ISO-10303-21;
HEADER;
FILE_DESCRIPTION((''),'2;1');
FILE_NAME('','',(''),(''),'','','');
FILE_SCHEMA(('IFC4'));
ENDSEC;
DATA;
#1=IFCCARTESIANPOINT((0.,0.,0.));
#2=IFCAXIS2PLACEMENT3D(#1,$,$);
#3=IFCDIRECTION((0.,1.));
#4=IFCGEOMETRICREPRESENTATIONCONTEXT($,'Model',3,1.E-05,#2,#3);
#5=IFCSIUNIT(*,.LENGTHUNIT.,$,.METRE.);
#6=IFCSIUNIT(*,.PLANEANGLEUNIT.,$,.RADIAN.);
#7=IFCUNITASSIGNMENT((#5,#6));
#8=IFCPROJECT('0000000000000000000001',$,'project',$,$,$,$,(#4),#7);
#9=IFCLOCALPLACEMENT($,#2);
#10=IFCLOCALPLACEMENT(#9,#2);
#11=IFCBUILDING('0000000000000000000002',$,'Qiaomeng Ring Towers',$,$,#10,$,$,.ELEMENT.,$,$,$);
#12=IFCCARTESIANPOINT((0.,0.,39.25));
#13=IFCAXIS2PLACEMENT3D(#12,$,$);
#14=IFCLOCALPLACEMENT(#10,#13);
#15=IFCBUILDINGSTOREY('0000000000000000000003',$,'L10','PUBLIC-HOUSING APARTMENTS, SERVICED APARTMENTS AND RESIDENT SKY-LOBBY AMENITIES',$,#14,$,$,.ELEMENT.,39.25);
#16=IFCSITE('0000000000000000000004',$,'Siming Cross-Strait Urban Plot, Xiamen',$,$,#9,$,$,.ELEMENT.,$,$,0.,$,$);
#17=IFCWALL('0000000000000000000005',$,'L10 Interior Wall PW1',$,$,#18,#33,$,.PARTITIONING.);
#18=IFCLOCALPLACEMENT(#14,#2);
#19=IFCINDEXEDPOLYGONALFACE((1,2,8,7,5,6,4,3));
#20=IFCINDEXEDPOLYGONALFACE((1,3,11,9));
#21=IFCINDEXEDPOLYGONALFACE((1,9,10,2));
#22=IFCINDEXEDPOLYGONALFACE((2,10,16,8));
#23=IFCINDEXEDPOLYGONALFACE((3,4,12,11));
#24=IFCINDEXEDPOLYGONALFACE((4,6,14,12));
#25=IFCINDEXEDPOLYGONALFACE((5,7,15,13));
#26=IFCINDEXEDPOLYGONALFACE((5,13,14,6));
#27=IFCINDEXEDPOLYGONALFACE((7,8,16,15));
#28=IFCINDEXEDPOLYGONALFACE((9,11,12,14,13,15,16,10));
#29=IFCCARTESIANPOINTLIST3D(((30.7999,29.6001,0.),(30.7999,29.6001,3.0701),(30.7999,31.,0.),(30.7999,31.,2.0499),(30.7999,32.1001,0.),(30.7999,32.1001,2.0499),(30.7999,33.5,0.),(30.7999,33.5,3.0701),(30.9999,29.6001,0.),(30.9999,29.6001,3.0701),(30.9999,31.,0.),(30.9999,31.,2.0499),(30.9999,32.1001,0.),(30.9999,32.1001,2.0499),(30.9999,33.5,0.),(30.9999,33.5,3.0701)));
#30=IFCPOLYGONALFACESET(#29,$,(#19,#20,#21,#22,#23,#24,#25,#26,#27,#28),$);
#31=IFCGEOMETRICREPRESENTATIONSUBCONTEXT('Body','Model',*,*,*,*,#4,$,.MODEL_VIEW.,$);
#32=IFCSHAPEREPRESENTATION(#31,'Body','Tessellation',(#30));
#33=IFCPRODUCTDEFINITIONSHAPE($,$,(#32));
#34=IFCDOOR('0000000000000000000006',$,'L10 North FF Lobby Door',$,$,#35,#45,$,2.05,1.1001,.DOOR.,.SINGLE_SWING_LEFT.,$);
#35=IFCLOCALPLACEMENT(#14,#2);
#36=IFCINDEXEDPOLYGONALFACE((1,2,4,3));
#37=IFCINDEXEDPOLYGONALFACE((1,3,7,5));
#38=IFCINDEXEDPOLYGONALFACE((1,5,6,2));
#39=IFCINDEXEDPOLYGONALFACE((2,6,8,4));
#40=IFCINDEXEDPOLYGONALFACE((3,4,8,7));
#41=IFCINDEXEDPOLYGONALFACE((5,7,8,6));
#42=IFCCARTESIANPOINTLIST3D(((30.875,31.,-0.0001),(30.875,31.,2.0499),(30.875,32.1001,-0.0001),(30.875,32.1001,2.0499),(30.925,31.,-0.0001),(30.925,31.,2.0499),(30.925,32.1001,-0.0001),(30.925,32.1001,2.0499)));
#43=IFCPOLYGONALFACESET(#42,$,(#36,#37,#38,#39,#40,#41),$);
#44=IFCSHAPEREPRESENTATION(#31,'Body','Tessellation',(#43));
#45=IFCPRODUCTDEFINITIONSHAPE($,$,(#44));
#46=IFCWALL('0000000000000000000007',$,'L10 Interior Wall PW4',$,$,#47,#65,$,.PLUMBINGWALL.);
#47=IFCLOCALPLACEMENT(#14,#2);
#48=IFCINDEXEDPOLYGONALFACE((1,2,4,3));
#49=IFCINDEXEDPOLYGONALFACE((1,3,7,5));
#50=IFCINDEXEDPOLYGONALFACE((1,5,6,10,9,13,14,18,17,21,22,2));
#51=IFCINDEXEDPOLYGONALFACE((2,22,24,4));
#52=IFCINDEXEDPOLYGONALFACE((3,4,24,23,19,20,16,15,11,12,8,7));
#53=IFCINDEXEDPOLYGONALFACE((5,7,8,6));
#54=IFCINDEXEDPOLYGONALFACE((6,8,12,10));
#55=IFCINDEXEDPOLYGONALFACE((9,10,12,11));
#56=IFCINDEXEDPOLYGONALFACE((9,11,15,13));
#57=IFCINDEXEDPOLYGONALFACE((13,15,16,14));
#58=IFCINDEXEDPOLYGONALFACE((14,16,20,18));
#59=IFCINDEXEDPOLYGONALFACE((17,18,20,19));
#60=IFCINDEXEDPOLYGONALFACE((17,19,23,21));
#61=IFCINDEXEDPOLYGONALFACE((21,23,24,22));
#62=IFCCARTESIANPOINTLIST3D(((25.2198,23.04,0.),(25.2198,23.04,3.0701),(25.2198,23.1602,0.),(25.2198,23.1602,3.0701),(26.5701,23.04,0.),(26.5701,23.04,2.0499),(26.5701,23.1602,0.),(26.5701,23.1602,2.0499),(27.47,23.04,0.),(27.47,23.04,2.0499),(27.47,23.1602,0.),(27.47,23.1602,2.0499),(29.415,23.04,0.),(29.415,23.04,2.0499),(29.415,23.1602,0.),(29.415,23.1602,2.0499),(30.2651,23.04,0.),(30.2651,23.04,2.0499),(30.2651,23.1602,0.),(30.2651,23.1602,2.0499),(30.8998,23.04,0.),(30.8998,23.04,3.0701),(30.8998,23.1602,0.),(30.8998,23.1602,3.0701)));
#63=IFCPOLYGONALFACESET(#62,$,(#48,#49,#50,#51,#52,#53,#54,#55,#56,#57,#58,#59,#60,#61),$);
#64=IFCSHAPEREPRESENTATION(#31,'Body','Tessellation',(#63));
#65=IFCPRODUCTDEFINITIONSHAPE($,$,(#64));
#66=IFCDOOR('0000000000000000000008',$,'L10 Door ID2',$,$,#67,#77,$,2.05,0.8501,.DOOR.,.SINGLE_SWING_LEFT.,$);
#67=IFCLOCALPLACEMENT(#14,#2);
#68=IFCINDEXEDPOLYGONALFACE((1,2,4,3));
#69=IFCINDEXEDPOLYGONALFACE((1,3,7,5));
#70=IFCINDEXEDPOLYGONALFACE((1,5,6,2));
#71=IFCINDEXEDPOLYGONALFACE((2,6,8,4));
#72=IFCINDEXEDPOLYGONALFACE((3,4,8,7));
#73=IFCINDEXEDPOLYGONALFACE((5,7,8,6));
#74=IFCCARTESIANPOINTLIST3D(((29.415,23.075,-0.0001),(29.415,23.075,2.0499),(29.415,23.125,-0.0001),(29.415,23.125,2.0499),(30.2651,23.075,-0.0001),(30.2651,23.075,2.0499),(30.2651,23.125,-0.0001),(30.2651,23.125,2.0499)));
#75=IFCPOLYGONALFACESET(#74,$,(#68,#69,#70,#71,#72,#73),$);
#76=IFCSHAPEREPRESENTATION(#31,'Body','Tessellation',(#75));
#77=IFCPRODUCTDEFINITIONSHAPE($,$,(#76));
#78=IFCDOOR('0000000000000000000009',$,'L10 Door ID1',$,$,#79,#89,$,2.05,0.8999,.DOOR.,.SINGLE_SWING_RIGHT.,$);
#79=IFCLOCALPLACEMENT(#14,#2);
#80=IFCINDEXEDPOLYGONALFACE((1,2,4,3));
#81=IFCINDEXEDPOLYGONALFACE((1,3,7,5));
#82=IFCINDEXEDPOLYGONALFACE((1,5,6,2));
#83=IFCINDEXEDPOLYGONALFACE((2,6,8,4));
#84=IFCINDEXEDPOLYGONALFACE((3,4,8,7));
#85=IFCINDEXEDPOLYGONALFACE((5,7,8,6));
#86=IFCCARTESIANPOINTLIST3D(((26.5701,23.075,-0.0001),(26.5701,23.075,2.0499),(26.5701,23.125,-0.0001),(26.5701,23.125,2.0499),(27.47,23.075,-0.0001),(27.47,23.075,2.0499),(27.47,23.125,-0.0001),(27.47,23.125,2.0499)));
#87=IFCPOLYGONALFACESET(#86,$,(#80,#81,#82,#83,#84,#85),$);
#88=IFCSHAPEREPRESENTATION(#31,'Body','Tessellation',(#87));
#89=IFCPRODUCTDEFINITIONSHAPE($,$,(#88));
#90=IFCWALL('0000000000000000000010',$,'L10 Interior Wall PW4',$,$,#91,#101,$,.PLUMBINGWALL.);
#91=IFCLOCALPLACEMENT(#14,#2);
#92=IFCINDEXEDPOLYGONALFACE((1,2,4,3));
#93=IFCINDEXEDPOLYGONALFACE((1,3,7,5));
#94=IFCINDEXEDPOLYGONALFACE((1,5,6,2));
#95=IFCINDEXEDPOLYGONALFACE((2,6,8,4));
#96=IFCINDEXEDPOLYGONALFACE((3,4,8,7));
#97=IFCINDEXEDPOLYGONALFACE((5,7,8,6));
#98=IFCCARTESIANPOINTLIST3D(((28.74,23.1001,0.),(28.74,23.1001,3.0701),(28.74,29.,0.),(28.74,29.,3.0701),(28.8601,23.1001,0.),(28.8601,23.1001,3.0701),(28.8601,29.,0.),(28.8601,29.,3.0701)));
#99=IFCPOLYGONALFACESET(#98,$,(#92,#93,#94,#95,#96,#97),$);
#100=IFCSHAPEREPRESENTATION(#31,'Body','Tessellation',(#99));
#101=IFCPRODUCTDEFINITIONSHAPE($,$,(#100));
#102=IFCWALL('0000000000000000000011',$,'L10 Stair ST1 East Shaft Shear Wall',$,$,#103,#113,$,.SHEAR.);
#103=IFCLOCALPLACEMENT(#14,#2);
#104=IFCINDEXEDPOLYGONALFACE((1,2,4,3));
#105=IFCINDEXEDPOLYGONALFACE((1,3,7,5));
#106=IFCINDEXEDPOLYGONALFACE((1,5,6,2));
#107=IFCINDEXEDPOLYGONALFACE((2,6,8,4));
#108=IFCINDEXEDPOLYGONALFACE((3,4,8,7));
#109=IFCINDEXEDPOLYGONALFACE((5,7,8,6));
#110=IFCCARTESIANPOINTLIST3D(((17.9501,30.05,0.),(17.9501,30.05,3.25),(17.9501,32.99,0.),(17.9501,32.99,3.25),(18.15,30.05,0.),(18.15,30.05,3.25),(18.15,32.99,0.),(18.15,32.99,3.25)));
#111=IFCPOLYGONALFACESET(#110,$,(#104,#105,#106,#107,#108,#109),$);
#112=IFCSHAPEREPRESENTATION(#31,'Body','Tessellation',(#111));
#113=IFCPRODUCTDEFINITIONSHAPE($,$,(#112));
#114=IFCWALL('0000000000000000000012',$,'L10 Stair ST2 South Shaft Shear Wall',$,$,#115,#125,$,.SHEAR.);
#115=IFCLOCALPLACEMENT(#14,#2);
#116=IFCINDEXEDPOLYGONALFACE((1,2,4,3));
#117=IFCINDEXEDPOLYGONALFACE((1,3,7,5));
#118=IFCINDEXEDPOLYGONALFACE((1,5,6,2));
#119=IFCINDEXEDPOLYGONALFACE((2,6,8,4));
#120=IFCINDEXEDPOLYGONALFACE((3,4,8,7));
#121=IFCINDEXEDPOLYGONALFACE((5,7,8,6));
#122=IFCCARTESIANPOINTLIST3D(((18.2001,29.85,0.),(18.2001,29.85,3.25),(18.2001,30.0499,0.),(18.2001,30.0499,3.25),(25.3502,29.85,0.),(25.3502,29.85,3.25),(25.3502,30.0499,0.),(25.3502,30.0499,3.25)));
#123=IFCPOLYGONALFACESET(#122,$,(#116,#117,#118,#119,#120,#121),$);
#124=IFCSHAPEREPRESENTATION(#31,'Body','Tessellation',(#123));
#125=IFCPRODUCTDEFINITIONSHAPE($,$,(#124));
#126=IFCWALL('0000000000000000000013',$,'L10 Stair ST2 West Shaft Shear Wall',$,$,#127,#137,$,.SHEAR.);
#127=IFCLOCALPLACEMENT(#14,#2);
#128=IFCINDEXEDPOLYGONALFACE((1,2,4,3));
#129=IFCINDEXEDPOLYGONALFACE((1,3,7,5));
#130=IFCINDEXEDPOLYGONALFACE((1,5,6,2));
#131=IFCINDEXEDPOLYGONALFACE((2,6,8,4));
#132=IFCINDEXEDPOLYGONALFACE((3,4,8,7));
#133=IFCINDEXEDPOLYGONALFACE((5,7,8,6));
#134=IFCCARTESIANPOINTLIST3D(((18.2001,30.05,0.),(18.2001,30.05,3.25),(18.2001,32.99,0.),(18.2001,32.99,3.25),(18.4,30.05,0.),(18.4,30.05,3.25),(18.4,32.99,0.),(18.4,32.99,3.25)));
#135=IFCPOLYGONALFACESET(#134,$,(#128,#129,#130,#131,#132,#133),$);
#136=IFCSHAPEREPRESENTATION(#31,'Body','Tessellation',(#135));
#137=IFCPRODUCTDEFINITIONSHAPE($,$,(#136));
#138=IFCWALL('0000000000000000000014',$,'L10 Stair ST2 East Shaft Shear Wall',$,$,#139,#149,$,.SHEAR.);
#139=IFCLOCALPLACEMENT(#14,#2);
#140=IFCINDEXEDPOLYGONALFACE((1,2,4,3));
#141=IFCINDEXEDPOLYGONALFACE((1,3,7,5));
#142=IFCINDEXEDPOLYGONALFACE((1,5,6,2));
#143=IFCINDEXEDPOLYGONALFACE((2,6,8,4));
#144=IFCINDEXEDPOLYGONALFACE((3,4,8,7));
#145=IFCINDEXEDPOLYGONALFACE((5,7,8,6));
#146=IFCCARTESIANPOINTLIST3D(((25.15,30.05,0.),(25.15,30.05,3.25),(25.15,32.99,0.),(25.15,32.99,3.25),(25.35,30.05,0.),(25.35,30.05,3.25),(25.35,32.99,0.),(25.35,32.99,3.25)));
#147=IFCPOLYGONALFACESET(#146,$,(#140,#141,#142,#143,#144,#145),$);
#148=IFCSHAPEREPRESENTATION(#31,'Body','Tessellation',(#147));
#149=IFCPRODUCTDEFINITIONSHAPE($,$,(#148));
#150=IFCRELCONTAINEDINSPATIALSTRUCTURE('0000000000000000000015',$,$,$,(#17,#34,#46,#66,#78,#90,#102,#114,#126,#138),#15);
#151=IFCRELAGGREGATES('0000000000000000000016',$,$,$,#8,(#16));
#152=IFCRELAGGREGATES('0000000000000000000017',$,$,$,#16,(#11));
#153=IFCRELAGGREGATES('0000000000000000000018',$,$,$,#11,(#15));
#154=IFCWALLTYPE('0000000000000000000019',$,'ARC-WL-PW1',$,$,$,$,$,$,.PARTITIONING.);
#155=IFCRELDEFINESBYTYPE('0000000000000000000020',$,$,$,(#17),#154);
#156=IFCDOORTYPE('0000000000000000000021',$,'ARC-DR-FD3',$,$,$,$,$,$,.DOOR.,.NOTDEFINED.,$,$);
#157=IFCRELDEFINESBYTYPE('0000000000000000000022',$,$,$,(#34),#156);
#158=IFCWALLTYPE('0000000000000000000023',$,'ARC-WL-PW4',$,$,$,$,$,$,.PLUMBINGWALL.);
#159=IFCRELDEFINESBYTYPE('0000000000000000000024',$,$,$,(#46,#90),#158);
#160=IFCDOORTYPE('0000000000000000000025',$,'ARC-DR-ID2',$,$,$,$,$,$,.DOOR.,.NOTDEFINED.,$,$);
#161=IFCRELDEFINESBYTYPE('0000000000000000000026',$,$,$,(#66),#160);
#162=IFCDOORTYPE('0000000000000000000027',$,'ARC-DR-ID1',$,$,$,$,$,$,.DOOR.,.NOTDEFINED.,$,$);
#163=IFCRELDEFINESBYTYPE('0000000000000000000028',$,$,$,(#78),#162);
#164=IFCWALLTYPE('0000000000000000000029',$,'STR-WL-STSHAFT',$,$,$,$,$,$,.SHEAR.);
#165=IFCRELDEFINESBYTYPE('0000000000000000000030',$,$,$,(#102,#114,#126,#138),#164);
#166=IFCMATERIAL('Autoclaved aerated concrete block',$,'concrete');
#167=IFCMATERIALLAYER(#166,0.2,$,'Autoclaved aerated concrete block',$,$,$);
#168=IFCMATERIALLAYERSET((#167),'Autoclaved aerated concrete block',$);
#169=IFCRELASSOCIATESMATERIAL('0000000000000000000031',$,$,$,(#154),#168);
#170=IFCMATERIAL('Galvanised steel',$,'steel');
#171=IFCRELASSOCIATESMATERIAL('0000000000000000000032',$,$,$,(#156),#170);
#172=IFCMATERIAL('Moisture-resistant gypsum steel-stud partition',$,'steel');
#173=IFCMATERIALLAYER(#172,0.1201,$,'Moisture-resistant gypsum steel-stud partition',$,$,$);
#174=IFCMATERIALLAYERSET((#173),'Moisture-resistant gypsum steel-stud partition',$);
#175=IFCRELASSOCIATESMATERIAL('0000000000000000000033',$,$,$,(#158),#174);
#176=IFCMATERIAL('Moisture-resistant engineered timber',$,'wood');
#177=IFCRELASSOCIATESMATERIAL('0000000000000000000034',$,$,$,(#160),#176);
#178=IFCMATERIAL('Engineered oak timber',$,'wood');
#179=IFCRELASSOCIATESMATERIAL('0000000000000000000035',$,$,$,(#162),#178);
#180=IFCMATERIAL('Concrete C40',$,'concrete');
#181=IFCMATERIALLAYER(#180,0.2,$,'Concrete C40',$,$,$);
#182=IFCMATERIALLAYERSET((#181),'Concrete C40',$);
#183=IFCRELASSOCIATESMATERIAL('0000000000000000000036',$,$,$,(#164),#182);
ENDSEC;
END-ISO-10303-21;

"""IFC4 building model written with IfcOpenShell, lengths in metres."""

from ifc_helpers import new_model, si_unit, direction, frame, frame_2d, origin, place, context, subcontext, project, spatial, rectangle, extrude, source, transform, mapped, material, layer, layer_set, type_object, element, fill, save


model = new_model("IFC4")

# Units and contexts
model_context = context("Model", 3, precision=1e-05, world=origin(), true_north=direction((0.0, 1.0)))
body_context = subcontext(model_context, "Body", "Model", "MODEL_VIEW")
ifc_project = project(units=[si_unit("LENGTHUNIT", "METRE"), si_unit("PLANEANGLEUNIT", "RADIAN")], contexts=[model_context])

# Site, building, storey
site_placement = place(None, origin())
site = spatial("IfcSite", under=ifc_project, at=site_placement, Name="Siming Cross-Strait Urban Plot, Xiamen", CompositionType="ELEMENT", RefElevation=0.0)
building_placement = place(site_placement, origin())
building = spatial("IfcBuilding", under=site, at=building_placement, Name="Qiaomeng Ring Towers", CompositionType="ELEMENT")
storey_placement = place(building_placement, frame((0.0, 0.0, 39.25)))
storey = spatial("IfcBuildingStorey", under=building, at=storey_placement, Name="L10", Description="PUBLIC-HOUSING APARTMENTS, SERVICED APARTMENTS AND RESIDENT SKY-LOBBY AMENITIES", CompositionType="ELEMENT", Elevation=39.25)

# Shared definitions
ifc_material_1 = material(Name="Autoclaved aerated concrete block", Category="concrete")
ifc_layer_1 = layer(ifc_material_1, 0.2, Name="Autoclaved aerated concrete block")
ifc_layer_set_1 = layer_set([ifc_layer_1], Name="Autoclaved aerated concrete block")
wall_type_1 = type_object("IfcWallType", Name="ARC-WL-PW1", PredefinedType="PARTITIONING", material=ifc_layer_set_1)

# Wall, opening, door
wall_1_placement = place(storey_placement, frame((30.8999, 29.6001, 0.0), z_axis=(0.0, 0.0, 1.0), x_axis=(0.0, 1.0, 0.0)))
wall_1 = element("IfcWall", 1, at=wall_1_placement, inside=storey, type_object=wall_type_1, Name="L10 Interior Wall PW1", PredefinedType="PARTITIONING", context=body_context, shape_type="SweptSolid", body=[
    extrude(rectangle(XDim=3.8999, YDim=0.2, at=frame_2d((1.95, 0.0))), origin(), (0.0, 0.0, 1.0), 3.0701),
])
opening_1_placement = place(wall_1_placement, frame((1.3999, 0.0, 0.0)))
opening_1 = element("IfcOpeningElement", 2, at=opening_1_placement, cuts=wall_1, PredefinedType="OPENING", context=body_context, shape_type="SweptSolid", body=[
    extrude(rectangle(XDim=1.1001, YDim=2.05, at=frame_2d((0.55, 1.0249))), frame((0.0, 0.1099, 0.0), z_axis=(0.0, -1.0, 0.0), x_axis=(1.0, 0.0, 0.0)), (0.0, 0.0, 1.0), 0.22),
])
ifc_material_2 = material(Name="Galvanised steel", Category="steel")
door_type_1 = type_object("IfcDoorType", Name="ARC-DR-FD3", OperationType="NOTDEFINED", PredefinedType="DOOR", material=ifc_material_2)
shared_shape_1 = source(origin(), body_context, "Body", "SweptSolid", [
    extrude(rectangle(XDim=1.1001, YDim=2.05, at=frame_2d((0.55, 1.0249))), frame((0.0, 0.0249, 0.0), z_axis=(0.0, -1.0, 0.0), x_axis=(1.0, 0.0, 0.0)), (0.0, 0.0, 1.0), 0.05),
])
door_1_placement = place(opening_1_placement, origin())
door_1 = element("IfcDoor", 3, at=door_1_placement, inside=storey, type_object=door_type_1, Name="L10 North FF Lobby Door", OperationType="SINGLE_SWING_LEFT", OverallHeight=2.05, OverallWidth=1.1001, PredefinedType="DOOR", context=body_context, shape_type="MappedRepresentation", body=[
    mapped(shared_shape_1, transform((0.0, 0.0, 0.0), x_axis=(1.0, 0.0, 0.0), y_axis=(0.0, 1.0, 0.0), z_axis=(0.0, 0.0, 1.0), scale=1.0)),
])
fill(opening_1, door_1)

# Wall, openings, doors
ifc_material_3 = material(Name="Moisture-resistant gypsum steel-stud partition", Category="steel")
ifc_layer_2 = layer(ifc_material_3, 0.1201, Name="Moisture-resistant gypsum steel-stud partition")
ifc_layer_set_2 = layer_set([ifc_layer_2], Name="Moisture-resistant gypsum steel-stud partition")
wall_type_2 = type_object("IfcWallType", Name="ARC-WL-PW4", PredefinedType="PLUMBINGWALL", material=ifc_layer_set_2)
wall_2_placement = place(storey_placement, frame((25.22, 23.1001, 0.0), z_axis=(0.0, 0.0, 1.0), x_axis=(1.0, 0.0, 0.0)))
wall_2 = element("IfcWall", 4, at=wall_2_placement, inside=storey, type_object=wall_type_2, Name="L10 Interior Wall PW4", PredefinedType="PLUMBINGWALL", context=body_context, shape_type="SweptSolid", body=[
    extrude(rectangle(XDim=5.6799, YDim=0.1201, at=frame_2d((2.8398, 0.0))), origin(), (0.0, 0.0, 1.0), 3.0701),
])
opening_2_placement = place(wall_2_placement, frame((1.3501, 0.0, 0.0)))
opening_2 = element("IfcOpeningElement", 5, at=opening_2_placement, cuts=wall_2, PredefinedType="OPENING", context=body_context, shape_type="SweptSolid", body=[
    extrude(rectangle(XDim=0.8999, YDim=2.05, at=frame_2d((0.45, 1.0249))), frame((0.0, 0.0701, 0.0), z_axis=(0.0, -1.0, 0.0), x_axis=(1.0, 0.0, 0.0)), (0.0, 0.0, 1.0), 0.1401),
])
opening_3_placement = place(wall_2_placement, frame((4.1951, 0.0, 0.0)))
opening_3 = element("IfcOpeningElement", 6, at=opening_3_placement, cuts=wall_2, PredefinedType="OPENING", context=body_context, shape_type="SweptSolid", body=[
    extrude(rectangle(XDim=0.8501, YDim=2.05, at=frame_2d((0.425, 1.0249))), frame((0.0, 0.0701, 0.0), z_axis=(0.0, -1.0, 0.0), x_axis=(1.0, 0.0, 0.0)), (0.0, 0.0, 1.0), 0.1401),
])
ifc_material_4 = material(Name="Moisture-resistant engineered timber", Category="wood")
door_type_2 = type_object("IfcDoorType", Name="ARC-DR-ID2", OperationType="NOTDEFINED", PredefinedType="DOOR", material=ifc_material_4)
shared_shape_2 = source(origin(), body_context, "Body", "SweptSolid", [
    extrude(rectangle(XDim=0.8501, YDim=2.05, at=frame_2d((0.425, 1.0249))), frame((0.0, 0.0249, 0.0), z_axis=(0.0, -1.0, 0.0), x_axis=(1.0, 0.0, 0.0)), (0.0, 0.0, 1.0), 0.05),
])
door_2_placement = place(opening_3_placement, origin())
door_2 = element("IfcDoor", 7, at=door_2_placement, inside=storey, type_object=door_type_2, Name="L10 Door ID2", OperationType="SINGLE_SWING_LEFT", OverallHeight=2.05, OverallWidth=0.8501, PredefinedType="DOOR", context=body_context, shape_type="MappedRepresentation", body=[
    mapped(shared_shape_2, transform((0.0, 0.0, 0.0), x_axis=(1.0, 0.0, 0.0), y_axis=(0.0, 1.0, 0.0), z_axis=(0.0, 0.0, 1.0), scale=1.0)),
])
fill(opening_3, door_2)
ifc_material_5 = material(Name="Engineered oak timber", Category="wood")
door_type_3 = type_object("IfcDoorType", Name="ARC-DR-ID1", OperationType="NOTDEFINED", PredefinedType="DOOR", material=ifc_material_5)
shared_shape_3 = source(origin(), body_context, "Body", "SweptSolid", [
    extrude(rectangle(XDim=0.8999, YDim=2.05, at=frame_2d((0.45, 1.0249))), frame((0.0, 0.0249, 0.0), z_axis=(0.0, -1.0, 0.0), x_axis=(1.0, 0.0, 0.0)), (0.0, 0.0, 1.0), 0.05),
])
door_3_placement = place(opening_2_placement, origin())
door_3 = element("IfcDoor", 8, at=door_3_placement, inside=storey, type_object=door_type_3, Name="L10 Door ID1", OperationType="SINGLE_SWING_RIGHT", OverallHeight=2.05, OverallWidth=0.8999, PredefinedType="DOOR", context=body_context, shape_type="MappedRepresentation", body=[
    mapped(shared_shape_3, transform((0.0, 0.0, 0.0), x_axis=(1.0, 0.0, 0.0), y_axis=(0.0, 1.0, 0.0), z_axis=(0.0, 0.0, 1.0), scale=1.0)),
])
fill(opening_2, door_3)

# Walls
wall_3_placement = place(storey_placement, frame((28.8, 23.1001, 0.0), z_axis=(0.0, 0.0, 1.0), x_axis=(0.0, 1.0, 0.0)))
element("IfcWall", 9, at=wall_3_placement, inside=storey, type_object=wall_type_2, Name="L10 Interior Wall PW4", PredefinedType="PLUMBINGWALL", context=body_context, shape_type="SweptSolid", body=[
    extrude(rectangle(XDim=5.8999, YDim=0.1201, at=frame_2d((2.95, 0.0))), origin(), (0.0, 0.0, 1.0), 3.0701),
])
ifc_material_6 = material(Name="Concrete C40", Category="concrete")
ifc_layer_3 = layer(ifc_material_6, 0.2, Name="Concrete C40")
ifc_layer_set_3 = layer_set([ifc_layer_3], Name="Concrete C40")
wall_type_3 = type_object("IfcWallType", Name="STR-WL-STSHAFT", PredefinedType="SHEAR", material=ifc_layer_set_3)
wall_4_placement = place(storey_placement, frame((18.05, 30.05, 0.0), z_axis=(0.0, 0.0, 1.0), x_axis=(0.0, 1.0, 0.0)))
element("IfcWall", 10, at=wall_4_placement, inside=storey, type_object=wall_type_3, Name="L10 Stair ST1 East Shaft Shear Wall", PredefinedType="SHEAR", context=body_context, shape_type="SweptSolid", body=[
    extrude(rectangle(XDim=2.9399, YDim=0.2, at=frame_2d((1.47, 0.0))), origin(), (0.0, 0.0, 1.0), 3.25),
])
wall_5_placement = place(storey_placement, frame((18.2, 29.95, 0.0), z_axis=(0.0, 0.0, 1.0), x_axis=(1.0, 0.0, 0.0)))
element("IfcWall", 11, at=wall_5_placement, inside=storey, type_object=wall_type_3, Name="L10 Stair ST2 South Shaft Shear Wall", PredefinedType="SHEAR", context=body_context, shape_type="SweptSolid", body=[
    extrude(rectangle(XDim=7.1501, YDim=0.2, at=frame_2d((3.5752, 0.0))), origin(), (0.0, 0.0, 1.0), 3.25),
])
for number, where, z_axis, x_axis, name in (
    (12, (18.3, 30.05, 0.0), (0.0, 0.0, 1.0), (0.0, 1.0, 0.0), "L10 Stair ST2 West Shaft Shear Wall"),
    (13, (25.25, 30.05, 0.0), (0.0, 0.0, 1.0), (0.0, 1.0, 0.0), "L10 Stair ST2 East Shaft Shear Wall"),
):
    element("IfcWall", number, at=place(storey_placement, frame(where, z_axis=z_axis, x_axis=x_axis)), inside=storey, type_object=wall_type_3, Name=name, PredefinedType="SHEAR", context=body_context, shape_type="SweptSolid", body=[
        extrude(rectangle(XDim=2.9399, YDim=0.2, at=frame_2d((1.47, 0.0))), origin(), (0.0, 0.0, 1.0), 3.25),
    ])

save(model, "model.ifc")
